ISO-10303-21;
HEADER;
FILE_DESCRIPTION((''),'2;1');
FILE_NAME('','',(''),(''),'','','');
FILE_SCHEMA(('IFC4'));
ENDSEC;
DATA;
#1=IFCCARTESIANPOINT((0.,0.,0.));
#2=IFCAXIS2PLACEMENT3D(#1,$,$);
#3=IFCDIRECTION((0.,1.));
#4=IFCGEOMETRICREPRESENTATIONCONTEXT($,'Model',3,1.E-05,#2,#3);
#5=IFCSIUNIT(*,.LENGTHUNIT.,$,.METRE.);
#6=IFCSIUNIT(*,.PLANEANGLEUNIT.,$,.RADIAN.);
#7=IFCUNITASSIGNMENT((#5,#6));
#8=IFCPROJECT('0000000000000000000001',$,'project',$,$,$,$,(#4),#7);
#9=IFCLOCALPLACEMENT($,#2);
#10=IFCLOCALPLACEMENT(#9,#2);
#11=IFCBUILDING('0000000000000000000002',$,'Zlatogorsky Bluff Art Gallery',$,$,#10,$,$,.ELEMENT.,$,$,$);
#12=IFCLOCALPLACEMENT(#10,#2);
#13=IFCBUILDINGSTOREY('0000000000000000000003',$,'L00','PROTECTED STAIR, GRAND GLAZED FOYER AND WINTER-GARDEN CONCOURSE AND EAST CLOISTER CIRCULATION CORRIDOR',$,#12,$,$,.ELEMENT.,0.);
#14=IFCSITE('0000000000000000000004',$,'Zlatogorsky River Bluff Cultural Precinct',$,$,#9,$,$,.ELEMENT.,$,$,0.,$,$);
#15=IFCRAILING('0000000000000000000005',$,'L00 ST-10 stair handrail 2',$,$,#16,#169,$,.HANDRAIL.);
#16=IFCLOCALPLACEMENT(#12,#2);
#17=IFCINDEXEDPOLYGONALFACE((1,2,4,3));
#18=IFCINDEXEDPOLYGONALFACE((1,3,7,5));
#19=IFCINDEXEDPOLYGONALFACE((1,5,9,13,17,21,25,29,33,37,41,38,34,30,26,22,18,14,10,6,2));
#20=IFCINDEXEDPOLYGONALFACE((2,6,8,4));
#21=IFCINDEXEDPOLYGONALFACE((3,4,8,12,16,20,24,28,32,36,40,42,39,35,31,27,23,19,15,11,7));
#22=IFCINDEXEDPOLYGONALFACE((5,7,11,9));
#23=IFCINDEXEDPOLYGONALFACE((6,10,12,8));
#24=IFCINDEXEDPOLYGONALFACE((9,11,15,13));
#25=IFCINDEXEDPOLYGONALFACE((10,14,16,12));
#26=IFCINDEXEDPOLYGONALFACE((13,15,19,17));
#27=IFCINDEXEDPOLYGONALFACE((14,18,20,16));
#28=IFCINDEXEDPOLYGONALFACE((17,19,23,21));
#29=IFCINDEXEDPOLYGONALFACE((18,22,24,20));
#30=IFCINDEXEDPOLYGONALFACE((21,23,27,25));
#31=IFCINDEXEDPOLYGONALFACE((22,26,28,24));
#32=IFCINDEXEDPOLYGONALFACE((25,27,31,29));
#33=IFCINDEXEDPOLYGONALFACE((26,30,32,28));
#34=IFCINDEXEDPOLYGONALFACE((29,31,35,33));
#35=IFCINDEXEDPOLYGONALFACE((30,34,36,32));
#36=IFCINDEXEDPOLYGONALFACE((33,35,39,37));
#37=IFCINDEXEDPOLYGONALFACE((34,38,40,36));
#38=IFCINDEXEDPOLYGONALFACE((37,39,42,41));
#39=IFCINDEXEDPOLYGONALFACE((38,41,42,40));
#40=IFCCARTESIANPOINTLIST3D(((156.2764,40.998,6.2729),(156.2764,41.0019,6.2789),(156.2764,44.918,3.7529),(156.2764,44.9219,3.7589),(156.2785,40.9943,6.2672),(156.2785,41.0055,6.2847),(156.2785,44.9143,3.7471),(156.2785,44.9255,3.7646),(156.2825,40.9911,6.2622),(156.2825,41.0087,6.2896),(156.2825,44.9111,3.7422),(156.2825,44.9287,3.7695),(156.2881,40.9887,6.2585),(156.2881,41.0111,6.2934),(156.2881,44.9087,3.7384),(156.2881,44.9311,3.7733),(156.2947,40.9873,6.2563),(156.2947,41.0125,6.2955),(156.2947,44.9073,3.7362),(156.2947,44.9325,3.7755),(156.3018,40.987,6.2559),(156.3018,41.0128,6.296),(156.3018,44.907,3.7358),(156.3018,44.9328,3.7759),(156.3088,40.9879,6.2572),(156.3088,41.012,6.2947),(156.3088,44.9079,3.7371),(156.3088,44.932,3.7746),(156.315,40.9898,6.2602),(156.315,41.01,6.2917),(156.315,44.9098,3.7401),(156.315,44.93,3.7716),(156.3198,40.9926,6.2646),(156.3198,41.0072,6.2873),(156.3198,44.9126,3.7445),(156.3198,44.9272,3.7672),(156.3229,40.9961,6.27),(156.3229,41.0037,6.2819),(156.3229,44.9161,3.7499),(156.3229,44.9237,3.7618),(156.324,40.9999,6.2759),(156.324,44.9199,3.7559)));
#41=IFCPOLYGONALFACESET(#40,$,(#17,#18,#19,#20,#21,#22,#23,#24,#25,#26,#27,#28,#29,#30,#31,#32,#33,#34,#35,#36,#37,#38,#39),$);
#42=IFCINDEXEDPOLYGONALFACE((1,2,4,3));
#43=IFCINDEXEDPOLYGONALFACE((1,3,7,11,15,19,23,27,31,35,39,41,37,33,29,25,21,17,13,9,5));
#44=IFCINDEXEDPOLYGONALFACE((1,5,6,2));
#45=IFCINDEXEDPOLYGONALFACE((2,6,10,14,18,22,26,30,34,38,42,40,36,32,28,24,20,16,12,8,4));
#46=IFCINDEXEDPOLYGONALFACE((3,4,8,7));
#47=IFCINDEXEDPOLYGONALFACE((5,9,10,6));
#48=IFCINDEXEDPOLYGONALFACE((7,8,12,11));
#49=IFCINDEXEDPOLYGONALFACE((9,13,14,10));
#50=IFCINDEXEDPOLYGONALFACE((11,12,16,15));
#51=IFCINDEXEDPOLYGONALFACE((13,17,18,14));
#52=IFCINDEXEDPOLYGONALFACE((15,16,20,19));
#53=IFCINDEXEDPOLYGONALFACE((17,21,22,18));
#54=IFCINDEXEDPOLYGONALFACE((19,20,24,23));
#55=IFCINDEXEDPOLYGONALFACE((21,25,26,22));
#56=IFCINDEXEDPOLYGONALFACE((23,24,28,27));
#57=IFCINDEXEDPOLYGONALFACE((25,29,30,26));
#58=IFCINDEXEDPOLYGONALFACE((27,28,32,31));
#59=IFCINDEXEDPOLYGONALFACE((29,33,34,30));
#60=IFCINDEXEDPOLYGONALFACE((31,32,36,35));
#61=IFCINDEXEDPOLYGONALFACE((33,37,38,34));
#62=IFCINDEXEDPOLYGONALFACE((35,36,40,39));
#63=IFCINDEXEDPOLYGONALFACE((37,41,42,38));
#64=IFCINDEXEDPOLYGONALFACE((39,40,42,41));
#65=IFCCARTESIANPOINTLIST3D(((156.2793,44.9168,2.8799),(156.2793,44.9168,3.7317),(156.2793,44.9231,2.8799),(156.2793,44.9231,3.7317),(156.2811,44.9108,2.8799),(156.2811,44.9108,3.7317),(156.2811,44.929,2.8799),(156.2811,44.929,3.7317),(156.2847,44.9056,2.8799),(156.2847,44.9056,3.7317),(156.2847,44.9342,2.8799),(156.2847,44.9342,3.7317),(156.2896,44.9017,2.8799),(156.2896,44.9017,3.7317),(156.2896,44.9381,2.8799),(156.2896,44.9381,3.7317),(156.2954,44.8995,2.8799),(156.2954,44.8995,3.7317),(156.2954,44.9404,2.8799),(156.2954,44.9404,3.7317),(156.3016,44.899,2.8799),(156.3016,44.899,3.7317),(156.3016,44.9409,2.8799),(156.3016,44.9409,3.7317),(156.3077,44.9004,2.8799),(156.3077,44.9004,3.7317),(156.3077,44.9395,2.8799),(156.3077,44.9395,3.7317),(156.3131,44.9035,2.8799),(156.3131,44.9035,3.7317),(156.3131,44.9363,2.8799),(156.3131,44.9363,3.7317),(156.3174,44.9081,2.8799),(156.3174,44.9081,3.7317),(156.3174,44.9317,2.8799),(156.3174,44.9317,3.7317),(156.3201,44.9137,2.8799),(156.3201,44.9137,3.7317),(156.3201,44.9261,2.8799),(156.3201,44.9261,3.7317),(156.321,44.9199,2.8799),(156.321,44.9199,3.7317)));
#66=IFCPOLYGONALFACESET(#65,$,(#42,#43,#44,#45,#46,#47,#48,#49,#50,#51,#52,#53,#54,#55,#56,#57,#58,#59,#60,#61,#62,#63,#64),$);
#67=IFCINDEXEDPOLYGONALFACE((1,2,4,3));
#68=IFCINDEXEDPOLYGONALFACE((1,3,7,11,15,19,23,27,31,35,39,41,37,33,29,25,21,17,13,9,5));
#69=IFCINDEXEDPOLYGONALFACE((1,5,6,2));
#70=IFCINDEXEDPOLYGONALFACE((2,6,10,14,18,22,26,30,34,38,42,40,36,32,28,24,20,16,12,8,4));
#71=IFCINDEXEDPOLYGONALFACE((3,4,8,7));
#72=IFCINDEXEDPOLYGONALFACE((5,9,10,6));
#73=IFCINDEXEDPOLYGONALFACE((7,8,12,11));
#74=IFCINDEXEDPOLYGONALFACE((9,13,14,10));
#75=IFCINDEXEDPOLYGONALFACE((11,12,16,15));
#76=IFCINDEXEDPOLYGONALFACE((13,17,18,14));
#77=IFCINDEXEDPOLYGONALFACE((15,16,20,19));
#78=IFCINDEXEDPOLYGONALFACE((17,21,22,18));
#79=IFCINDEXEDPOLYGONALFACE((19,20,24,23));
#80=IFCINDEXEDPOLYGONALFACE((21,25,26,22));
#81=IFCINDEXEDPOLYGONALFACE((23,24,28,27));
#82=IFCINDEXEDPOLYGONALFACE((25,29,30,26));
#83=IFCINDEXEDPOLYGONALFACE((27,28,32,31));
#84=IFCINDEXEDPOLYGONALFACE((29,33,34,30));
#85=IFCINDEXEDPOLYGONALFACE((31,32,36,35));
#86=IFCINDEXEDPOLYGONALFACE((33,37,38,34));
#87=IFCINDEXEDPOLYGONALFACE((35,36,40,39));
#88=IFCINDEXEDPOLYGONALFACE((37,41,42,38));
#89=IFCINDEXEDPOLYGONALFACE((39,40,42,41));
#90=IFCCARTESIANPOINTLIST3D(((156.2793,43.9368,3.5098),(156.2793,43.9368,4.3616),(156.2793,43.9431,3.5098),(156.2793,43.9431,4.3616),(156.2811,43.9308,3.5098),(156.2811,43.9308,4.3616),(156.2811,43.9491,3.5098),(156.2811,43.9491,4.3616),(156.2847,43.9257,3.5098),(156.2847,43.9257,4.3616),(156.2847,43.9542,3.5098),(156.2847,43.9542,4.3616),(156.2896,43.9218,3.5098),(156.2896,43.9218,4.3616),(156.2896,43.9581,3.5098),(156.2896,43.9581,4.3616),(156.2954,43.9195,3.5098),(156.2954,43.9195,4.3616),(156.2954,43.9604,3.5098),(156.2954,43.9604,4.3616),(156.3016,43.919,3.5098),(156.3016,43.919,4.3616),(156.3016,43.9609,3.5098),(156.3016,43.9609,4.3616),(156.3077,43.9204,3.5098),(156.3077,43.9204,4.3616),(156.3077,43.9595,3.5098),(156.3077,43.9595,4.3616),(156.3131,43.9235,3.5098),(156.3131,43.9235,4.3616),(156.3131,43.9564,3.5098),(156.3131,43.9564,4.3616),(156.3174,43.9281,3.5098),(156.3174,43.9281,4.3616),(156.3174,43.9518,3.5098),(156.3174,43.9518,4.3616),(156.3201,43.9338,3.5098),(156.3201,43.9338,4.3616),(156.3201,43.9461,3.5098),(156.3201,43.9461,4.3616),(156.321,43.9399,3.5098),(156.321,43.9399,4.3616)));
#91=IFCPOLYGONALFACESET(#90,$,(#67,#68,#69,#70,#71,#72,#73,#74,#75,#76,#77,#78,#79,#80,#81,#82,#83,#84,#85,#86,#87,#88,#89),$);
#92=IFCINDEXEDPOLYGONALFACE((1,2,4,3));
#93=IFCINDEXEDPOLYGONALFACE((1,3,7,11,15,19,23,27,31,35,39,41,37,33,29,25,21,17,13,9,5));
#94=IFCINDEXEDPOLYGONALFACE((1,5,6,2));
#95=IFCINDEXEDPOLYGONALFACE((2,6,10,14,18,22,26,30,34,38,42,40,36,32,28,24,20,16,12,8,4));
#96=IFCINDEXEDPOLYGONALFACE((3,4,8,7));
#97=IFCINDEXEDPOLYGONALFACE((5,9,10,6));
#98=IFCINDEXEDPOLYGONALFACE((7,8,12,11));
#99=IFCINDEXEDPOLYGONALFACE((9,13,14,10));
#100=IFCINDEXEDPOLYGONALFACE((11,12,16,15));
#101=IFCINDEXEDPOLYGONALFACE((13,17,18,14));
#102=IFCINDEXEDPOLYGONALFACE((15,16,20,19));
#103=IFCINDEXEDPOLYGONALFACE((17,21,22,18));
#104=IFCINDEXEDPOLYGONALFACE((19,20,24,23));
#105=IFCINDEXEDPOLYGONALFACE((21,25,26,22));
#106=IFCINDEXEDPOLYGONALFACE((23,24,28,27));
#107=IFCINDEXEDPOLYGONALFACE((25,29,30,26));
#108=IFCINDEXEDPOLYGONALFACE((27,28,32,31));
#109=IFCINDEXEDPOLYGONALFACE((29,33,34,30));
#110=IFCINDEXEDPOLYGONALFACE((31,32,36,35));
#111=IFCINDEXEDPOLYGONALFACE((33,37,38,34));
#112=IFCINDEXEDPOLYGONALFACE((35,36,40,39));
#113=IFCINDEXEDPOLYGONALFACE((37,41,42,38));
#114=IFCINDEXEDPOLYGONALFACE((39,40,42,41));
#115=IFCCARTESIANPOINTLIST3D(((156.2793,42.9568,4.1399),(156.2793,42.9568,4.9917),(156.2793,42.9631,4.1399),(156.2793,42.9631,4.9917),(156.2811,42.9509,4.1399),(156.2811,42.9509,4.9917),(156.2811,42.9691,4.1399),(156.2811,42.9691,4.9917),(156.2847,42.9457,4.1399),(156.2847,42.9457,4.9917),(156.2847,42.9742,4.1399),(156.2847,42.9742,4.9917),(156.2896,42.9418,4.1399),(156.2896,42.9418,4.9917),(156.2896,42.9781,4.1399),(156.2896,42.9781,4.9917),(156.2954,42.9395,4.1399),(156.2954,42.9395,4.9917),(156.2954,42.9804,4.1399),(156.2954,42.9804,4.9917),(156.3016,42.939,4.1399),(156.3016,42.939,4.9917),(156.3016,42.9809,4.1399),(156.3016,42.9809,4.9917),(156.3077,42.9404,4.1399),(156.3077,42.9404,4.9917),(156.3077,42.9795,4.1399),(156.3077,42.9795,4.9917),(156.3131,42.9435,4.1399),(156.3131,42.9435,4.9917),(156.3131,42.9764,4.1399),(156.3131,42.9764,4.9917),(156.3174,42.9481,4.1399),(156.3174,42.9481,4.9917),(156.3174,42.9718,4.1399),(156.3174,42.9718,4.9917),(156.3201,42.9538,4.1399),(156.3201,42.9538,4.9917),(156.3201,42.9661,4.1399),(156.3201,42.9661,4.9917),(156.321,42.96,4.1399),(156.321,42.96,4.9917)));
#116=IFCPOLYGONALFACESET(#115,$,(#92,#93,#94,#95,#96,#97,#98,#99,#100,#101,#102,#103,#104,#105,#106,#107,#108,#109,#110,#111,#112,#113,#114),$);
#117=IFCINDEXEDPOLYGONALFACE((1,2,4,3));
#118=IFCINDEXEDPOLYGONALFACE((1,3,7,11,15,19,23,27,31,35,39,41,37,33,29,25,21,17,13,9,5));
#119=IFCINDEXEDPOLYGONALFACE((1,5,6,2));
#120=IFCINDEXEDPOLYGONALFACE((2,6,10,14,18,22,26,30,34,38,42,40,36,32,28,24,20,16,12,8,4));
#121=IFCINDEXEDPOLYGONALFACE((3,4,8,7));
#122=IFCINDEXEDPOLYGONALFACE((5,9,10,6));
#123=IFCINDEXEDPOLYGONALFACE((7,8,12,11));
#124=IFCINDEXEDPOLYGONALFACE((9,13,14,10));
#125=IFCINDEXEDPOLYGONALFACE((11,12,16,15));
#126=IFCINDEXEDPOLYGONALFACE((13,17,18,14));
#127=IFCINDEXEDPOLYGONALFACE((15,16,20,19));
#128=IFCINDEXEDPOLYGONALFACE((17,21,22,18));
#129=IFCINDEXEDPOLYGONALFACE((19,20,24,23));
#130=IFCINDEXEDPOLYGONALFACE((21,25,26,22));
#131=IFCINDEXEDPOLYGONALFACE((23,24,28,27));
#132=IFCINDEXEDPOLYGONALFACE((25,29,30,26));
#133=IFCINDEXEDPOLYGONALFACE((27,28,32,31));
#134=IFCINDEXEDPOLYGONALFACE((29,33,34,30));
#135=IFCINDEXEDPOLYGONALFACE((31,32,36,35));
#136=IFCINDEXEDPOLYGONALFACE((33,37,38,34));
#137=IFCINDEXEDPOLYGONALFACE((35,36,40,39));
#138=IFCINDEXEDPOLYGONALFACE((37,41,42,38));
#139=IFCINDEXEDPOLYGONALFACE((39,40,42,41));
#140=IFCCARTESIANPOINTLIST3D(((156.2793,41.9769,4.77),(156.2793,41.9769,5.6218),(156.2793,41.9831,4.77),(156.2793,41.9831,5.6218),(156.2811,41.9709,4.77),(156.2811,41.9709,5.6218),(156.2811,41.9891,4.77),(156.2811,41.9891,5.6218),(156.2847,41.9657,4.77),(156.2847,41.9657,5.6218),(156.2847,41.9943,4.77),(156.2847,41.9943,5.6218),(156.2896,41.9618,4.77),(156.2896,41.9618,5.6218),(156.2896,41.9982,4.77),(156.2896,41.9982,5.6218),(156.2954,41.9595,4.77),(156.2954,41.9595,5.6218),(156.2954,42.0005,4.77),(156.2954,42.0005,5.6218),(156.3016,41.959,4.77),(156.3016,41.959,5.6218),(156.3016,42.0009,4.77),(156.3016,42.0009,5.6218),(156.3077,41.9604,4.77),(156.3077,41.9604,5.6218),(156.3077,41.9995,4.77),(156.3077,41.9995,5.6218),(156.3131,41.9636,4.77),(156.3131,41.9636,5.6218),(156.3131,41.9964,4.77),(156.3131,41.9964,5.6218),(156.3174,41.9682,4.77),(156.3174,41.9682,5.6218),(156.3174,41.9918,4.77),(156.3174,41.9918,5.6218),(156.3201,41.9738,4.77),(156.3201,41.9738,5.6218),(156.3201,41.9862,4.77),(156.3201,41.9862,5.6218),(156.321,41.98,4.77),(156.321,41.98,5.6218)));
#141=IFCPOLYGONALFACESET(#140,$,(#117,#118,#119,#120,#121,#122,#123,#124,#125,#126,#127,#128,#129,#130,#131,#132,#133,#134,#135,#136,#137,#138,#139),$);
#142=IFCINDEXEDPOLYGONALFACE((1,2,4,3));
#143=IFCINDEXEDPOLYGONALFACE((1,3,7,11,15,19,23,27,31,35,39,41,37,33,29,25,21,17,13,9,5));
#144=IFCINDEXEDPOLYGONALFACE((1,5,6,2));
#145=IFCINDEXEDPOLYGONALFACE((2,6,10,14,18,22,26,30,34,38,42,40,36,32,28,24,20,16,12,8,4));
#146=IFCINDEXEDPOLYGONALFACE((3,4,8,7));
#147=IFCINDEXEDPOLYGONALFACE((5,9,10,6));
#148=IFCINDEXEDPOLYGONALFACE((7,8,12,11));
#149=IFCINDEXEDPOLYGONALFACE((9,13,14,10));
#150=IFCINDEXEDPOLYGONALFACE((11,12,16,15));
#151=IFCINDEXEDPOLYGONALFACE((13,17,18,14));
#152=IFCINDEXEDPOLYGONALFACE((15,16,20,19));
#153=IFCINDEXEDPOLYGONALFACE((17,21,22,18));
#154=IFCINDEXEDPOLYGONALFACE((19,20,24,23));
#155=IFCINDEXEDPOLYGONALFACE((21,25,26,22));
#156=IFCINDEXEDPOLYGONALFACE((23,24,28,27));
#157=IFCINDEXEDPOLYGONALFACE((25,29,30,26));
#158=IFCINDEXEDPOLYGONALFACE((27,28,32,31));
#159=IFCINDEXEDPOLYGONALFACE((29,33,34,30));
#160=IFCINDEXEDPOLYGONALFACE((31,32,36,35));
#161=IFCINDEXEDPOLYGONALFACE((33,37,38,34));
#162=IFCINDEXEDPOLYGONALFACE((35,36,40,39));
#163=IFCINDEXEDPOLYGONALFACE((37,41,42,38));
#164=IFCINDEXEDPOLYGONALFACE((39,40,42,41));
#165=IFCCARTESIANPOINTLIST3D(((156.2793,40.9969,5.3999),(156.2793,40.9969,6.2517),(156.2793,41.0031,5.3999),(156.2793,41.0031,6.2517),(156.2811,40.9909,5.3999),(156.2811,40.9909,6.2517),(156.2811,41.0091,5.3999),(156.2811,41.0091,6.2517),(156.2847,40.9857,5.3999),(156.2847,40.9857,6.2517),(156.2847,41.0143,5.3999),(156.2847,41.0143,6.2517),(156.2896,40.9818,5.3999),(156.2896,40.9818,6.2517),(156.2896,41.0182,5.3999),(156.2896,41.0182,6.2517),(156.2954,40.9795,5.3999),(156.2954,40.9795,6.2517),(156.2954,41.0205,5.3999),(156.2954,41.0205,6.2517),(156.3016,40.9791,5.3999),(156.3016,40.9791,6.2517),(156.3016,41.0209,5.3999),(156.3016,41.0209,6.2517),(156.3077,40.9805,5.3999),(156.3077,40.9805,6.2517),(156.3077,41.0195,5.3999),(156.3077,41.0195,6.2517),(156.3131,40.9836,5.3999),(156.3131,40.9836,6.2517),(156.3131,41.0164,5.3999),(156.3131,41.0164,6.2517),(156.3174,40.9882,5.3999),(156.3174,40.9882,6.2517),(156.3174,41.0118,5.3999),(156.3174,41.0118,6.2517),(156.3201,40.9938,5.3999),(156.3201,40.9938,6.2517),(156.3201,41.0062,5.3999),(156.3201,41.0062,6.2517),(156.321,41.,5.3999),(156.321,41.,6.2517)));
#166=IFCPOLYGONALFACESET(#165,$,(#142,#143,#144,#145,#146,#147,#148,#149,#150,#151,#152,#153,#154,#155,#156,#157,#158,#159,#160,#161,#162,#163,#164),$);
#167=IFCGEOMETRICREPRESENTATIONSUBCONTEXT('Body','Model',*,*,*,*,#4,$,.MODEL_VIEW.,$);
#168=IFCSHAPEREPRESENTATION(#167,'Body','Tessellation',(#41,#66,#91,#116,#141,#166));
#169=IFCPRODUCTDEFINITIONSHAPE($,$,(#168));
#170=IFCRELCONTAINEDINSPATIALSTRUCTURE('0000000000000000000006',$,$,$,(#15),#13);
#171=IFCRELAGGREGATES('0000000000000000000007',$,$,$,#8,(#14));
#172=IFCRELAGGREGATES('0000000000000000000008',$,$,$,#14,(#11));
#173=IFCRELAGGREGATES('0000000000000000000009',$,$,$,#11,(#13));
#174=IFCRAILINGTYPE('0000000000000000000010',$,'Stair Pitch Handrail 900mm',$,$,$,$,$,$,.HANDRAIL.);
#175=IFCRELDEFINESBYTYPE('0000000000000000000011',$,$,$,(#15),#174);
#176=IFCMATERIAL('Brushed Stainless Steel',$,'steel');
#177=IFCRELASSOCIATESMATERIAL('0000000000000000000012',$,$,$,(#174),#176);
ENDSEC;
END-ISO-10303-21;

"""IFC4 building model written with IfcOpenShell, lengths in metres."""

from ifc_helpers import new_model, si_unit, direction, frame, origin, origin_2d, place, context, subcontext, project, spatial, circle, extrude, material, type_object, element, save


model = new_model("IFC4")

# Units and contexts
model_context = context("Model", 3, precision=1e-05, world=origin(), true_north=direction((0.0, 1.0)))
body_context = subcontext(model_context, "Body", "Model", "MODEL_VIEW")
ifc_project = project(units=[si_unit("LENGTHUNIT", "METRE"), si_unit("PLANEANGLEUNIT", "RADIAN")], contexts=[model_context])

# Site, building, storey
site_placement = place(None, origin())
site = spatial("IfcSite", under=ifc_project, at=site_placement, Name="Zlatogorsky River Bluff Cultural Precinct", CompositionType="ELEMENT", RefElevation=0.0)
building_placement = place(site_placement, origin())
building = spatial("IfcBuilding", under=site, at=building_placement, Name="Zlatogorsky Bluff Art Gallery", CompositionType="ELEMENT")
storey_placement = place(building_placement, origin())
storey = spatial("IfcBuildingStorey", under=building, at=storey_placement, Name="L00", Description="PROTECTED STAIR, GRAND GLAZED FOYER AND WINTER-GARDEN CONCOURSE AND EAST CLOISTER CIRCULATION CORRIDOR", CompositionType="ELEMENT", Elevation=0.0)

# Railing
ifc_material_1 = material(Name="Brushed Stainless Steel", Category="steel")
railing_type_1 = type_object("IfcRailingType", Name="Stair Pitch Handrail 900mm", PredefinedType="HANDRAIL", material=ifc_material_1)
railing_1_placement = place(storey_placement, frame((156.3, 44.9199, 2.8799)))
element("IfcRailing", 1, at=railing_1_placement, inside=storey, type_object=railing_type_1, Name="L00 ST-10 stair handrail 2", PredefinedType="HANDRAIL", context=body_context, shape_type="SweptSolid", body=[
    extrude(circle(Radius=0.0239, at=origin_2d()), frame((0.0, 0.0, 0.876), z_axis=(0.0, -0.841172, 0.540768), x_axis=(1.0, 0.0, 0.0)), (0.0, 0.0, 1.0), 4.6602),
    extrude(circle(Radius=0.021, at=origin_2d()), origin(), (0.0, 0.0, 1.0), 0.8518),
    extrude(circle(Radius=0.021, at=origin_2d()), frame((0.0, -0.98, 0.6299)), (0.0, 0.0, 1.0), 0.8518),
    extrude(circle(Radius=0.021, at=origin_2d()), frame((0.0, -1.96, 1.26)), (0.0, 0.0, 1.0), 0.8518),
    extrude(circle(Radius=0.021, at=origin_2d()), frame((0.0, -2.9399, 1.8901)), (0.0, 0.0, 1.0), 0.8518),
    extrude(circle(Radius=0.021, at=origin_2d()), frame((0.0, -3.9199, 2.52)), (0.0, 0.0, 1.0), 0.8518),
])

save(model, "model.ifc")
